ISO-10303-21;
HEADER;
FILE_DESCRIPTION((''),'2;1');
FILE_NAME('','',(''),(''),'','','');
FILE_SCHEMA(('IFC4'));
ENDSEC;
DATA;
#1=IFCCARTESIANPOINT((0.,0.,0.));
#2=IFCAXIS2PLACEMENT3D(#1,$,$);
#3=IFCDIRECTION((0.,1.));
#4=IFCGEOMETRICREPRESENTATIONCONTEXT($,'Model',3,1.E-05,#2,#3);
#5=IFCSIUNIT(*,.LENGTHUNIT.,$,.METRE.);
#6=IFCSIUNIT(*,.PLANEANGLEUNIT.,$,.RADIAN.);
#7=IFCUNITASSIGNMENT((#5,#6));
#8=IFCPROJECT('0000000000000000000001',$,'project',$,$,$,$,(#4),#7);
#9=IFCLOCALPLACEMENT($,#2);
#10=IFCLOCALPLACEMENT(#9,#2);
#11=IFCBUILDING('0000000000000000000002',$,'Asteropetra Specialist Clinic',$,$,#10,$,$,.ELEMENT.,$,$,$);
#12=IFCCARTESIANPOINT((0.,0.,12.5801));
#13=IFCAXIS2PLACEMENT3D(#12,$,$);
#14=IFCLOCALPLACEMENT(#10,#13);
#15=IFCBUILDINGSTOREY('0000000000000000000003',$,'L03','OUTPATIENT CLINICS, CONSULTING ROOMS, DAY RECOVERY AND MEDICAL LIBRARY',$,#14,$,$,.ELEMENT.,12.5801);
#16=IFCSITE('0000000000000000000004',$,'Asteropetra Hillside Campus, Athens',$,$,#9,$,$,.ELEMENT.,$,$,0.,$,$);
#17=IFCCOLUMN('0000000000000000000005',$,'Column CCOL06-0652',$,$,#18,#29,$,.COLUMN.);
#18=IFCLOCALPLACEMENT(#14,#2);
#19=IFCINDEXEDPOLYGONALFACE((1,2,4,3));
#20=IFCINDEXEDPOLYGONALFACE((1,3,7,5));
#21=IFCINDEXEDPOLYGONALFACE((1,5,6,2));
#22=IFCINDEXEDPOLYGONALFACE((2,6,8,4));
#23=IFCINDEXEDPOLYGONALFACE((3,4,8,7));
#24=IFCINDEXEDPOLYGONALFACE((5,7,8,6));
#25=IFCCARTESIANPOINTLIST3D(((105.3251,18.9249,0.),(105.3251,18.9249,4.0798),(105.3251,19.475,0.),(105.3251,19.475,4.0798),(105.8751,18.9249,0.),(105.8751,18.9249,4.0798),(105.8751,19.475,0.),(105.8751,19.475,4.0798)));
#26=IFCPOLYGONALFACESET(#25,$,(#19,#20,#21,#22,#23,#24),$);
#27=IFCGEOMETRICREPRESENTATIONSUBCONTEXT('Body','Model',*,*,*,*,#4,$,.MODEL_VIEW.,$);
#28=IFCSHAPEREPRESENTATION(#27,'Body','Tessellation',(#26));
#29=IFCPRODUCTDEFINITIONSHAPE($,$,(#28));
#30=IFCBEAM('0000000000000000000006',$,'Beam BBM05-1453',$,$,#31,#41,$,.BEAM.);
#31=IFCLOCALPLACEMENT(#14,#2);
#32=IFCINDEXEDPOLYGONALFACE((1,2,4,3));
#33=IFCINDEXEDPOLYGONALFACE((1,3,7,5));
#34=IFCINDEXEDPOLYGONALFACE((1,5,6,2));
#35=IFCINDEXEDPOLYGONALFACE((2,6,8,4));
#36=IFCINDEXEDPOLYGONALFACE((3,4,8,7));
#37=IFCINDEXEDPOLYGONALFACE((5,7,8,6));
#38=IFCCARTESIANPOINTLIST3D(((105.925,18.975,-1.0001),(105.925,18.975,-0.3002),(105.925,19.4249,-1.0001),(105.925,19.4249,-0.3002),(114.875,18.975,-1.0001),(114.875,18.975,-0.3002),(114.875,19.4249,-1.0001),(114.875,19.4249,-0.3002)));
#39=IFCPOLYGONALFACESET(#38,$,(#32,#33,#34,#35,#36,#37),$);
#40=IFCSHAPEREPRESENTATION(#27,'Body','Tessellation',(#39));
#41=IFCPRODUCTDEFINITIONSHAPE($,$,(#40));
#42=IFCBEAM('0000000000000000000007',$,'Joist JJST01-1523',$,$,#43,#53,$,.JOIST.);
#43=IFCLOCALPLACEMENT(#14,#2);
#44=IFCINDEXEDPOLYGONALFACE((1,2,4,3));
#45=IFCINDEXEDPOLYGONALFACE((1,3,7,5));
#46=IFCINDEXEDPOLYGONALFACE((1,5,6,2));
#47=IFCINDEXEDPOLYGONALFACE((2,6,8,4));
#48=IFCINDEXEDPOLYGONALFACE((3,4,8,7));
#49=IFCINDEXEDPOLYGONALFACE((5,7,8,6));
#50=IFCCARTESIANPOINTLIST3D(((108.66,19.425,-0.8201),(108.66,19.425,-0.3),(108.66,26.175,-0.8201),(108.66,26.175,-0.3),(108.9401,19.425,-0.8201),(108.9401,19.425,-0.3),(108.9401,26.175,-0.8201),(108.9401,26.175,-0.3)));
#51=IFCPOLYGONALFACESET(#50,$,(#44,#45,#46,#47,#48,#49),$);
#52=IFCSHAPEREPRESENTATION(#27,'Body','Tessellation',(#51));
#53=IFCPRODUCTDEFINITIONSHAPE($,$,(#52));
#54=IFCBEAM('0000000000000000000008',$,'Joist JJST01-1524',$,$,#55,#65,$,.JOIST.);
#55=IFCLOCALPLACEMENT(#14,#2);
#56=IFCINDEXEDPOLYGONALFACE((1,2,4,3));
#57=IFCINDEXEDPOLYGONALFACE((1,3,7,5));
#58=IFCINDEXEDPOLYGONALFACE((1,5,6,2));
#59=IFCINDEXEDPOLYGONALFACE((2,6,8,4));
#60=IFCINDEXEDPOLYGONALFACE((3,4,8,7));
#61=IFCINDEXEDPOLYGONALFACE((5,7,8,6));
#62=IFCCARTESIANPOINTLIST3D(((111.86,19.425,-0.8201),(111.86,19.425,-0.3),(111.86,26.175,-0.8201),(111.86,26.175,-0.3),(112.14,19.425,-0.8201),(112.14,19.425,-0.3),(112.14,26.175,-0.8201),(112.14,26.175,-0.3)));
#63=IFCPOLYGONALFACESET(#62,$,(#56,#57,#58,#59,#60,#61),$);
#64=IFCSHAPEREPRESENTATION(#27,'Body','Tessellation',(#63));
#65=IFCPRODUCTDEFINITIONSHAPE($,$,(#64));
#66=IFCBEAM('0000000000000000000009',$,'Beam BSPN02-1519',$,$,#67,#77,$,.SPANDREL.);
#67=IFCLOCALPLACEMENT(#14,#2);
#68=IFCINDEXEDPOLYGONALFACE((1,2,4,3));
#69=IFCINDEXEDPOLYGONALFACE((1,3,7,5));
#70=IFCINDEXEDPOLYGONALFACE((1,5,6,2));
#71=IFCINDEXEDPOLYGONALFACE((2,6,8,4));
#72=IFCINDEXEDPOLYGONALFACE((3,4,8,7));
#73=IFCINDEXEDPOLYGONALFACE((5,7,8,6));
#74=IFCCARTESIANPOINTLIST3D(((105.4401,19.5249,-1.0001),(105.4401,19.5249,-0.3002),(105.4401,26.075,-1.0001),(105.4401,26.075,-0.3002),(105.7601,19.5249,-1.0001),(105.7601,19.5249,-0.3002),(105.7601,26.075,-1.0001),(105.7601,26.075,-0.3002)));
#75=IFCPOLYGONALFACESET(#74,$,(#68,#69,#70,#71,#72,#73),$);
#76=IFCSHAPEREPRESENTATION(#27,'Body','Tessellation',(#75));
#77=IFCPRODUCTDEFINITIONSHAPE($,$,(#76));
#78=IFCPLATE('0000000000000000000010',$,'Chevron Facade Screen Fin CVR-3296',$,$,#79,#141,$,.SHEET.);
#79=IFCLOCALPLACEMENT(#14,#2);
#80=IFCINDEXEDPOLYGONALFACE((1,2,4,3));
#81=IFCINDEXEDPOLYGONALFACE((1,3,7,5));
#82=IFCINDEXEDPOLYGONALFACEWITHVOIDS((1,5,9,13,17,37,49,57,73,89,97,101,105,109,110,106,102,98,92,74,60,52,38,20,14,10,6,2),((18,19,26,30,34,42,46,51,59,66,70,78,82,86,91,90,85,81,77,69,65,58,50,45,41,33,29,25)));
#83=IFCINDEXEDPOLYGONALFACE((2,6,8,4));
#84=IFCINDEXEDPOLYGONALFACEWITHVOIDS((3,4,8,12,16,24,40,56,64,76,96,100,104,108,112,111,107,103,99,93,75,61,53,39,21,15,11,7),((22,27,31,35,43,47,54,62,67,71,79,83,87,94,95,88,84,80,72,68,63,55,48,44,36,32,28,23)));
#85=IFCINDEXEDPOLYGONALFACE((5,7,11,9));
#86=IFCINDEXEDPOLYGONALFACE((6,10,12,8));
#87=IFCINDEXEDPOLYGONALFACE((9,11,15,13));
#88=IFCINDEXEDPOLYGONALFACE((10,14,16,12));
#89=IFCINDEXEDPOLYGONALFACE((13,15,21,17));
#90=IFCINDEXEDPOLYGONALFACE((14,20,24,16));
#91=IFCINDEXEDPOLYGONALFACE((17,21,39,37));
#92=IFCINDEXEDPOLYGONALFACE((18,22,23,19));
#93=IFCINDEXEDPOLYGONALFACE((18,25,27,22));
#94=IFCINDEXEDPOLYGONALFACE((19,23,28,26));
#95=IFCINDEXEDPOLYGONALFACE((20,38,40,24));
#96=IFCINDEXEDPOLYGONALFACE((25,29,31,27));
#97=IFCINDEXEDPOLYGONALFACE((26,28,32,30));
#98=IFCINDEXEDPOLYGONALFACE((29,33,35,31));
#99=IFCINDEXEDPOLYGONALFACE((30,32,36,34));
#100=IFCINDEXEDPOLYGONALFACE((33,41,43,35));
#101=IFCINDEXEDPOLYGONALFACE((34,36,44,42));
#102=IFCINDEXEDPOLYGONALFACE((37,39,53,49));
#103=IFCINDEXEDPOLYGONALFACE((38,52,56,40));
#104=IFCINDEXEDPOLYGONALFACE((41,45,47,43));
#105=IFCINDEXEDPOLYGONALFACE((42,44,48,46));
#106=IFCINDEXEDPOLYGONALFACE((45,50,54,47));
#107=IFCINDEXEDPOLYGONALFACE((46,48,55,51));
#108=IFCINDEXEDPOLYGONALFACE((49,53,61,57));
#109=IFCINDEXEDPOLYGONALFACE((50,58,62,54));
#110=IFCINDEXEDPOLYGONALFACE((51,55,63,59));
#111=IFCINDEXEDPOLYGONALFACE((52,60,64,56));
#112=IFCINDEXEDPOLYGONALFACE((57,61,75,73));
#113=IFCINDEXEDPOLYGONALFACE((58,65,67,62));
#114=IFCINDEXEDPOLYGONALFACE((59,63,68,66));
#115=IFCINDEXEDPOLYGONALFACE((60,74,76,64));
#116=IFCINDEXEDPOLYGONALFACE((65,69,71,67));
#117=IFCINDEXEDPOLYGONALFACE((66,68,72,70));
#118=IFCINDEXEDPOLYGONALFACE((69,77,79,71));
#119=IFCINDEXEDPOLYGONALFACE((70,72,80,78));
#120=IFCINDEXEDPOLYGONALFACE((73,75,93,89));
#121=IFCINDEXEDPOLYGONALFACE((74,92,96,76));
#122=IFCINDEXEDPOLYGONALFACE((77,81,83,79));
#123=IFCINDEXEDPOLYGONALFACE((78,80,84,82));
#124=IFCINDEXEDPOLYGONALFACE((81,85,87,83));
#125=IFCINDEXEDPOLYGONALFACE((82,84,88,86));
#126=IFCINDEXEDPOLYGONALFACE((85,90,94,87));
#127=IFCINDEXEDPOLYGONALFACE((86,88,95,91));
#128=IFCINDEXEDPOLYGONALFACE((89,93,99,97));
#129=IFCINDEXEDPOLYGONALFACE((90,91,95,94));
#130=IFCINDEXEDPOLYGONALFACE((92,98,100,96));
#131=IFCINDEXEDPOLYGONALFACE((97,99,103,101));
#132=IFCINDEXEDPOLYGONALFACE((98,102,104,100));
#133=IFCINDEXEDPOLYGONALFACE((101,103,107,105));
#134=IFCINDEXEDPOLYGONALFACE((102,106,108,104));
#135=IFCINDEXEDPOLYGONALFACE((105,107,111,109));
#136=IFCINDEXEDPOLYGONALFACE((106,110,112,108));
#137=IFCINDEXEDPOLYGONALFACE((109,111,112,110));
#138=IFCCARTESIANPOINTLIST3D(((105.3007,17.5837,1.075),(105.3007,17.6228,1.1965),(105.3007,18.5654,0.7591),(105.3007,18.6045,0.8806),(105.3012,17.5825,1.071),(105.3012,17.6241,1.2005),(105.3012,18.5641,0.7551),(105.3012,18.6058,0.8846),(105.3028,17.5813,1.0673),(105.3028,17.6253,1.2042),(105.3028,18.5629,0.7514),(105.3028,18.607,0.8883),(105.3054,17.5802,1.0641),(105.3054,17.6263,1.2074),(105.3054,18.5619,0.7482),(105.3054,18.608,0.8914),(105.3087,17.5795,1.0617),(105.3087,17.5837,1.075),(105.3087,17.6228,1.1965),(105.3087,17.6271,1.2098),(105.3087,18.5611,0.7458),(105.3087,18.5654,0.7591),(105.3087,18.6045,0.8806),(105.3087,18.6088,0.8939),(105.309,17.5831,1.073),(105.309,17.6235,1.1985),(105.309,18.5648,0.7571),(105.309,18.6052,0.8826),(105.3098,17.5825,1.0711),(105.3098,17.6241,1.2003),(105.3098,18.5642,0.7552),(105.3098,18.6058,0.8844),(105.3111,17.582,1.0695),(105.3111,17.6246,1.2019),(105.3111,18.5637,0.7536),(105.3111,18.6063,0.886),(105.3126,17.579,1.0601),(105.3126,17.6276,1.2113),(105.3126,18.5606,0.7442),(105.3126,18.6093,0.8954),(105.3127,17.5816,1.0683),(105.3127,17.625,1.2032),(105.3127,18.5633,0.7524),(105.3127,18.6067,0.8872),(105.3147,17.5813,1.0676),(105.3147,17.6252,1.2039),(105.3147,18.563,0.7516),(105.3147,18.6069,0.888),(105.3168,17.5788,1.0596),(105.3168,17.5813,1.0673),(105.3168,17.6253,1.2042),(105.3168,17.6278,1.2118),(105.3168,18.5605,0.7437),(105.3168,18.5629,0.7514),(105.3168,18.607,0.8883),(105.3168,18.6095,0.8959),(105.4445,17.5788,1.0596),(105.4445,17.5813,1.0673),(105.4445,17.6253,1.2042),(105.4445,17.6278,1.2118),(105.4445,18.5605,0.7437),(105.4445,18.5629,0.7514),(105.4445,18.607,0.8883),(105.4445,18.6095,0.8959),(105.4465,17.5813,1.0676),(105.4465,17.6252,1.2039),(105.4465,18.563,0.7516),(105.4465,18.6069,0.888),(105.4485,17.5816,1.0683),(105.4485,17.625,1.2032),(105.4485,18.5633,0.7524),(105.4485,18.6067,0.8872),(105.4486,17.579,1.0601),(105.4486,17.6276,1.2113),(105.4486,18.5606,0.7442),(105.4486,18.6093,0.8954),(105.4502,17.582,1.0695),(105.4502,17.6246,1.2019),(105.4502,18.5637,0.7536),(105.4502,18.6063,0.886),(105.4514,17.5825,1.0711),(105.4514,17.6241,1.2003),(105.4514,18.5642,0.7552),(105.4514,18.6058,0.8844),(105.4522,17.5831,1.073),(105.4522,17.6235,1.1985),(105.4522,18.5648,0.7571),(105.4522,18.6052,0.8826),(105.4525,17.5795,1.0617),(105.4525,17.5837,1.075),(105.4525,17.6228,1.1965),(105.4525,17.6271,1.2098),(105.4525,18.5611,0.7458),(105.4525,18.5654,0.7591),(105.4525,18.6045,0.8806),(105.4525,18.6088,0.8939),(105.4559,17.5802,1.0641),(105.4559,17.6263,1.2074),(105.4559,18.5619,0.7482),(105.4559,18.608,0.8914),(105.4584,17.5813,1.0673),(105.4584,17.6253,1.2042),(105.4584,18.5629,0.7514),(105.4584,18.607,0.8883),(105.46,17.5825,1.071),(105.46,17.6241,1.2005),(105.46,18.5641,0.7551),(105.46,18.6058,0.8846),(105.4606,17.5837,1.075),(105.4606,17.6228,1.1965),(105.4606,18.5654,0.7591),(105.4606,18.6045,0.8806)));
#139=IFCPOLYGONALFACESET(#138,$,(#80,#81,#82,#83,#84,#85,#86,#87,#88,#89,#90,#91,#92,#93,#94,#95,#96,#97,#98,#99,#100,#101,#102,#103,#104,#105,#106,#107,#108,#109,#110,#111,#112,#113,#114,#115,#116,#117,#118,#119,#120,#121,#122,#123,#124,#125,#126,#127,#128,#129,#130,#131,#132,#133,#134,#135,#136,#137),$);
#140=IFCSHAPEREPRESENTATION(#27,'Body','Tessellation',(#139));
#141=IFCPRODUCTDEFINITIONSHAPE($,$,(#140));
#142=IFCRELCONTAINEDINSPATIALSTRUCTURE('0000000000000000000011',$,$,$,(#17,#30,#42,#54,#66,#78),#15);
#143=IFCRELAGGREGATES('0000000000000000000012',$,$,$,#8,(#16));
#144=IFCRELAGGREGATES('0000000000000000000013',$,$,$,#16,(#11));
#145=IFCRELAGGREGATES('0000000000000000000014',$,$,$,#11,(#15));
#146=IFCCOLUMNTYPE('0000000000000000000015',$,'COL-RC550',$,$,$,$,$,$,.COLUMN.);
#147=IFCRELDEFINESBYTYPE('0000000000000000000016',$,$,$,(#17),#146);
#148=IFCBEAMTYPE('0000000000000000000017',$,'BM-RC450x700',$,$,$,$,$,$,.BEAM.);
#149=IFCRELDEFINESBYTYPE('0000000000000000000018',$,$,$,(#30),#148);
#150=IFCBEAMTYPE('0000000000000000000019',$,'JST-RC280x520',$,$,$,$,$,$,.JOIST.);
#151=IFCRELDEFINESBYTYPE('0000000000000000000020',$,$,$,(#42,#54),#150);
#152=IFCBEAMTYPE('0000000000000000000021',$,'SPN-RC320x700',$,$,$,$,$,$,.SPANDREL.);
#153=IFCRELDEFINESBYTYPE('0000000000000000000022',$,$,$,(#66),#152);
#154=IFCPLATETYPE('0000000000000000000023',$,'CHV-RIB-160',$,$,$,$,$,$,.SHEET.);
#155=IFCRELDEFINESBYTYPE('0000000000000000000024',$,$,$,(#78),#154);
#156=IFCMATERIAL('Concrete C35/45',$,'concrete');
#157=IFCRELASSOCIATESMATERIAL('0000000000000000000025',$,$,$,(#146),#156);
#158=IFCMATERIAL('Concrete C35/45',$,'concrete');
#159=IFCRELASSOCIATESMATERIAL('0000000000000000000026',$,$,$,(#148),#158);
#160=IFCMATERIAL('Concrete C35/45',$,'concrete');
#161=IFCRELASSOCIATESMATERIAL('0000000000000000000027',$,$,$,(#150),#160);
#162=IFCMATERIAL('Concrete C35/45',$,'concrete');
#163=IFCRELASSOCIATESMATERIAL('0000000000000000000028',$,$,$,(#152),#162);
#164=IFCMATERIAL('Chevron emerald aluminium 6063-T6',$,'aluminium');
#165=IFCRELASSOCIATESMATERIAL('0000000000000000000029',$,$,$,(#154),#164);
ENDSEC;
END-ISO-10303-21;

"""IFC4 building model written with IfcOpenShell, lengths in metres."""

from ifc_helpers import new_model, si_unit, direction, frame, origin, origin_2d, place, context, subcontext, project, spatial, rectangle, hollow_rectangle, extrude, material, material_profile, profile_set, type_object, element, save


model = new_model("IFC4")

# Units and contexts
model_context = context("Model", 3, precision=1e-05, world=origin(), true_north=direction((0.0, 1.0)))
body_context = subcontext(model_context, "Body", "Model", "MODEL_VIEW")
ifc_project = project(units=[si_unit("LENGTHUNIT", "METRE"), si_unit("PLANEANGLEUNIT", "RADIAN")], contexts=[model_context])

# Site, building, storey
site_placement = place(None, origin())
site = spatial("IfcSite", under=ifc_project, at=site_placement, Name="Asteropetra Hillside Campus, Athens", CompositionType="ELEMENT", RefElevation=0.0)
building_placement = place(site_placement, origin())
building = spatial("IfcBuilding", under=site, at=building_placement, Name="Asteropetra Specialist Clinic", CompositionType="ELEMENT")
storey_placement = place(building_placement, frame((0.0, 0.0, 12.5801)))
storey = spatial("IfcBuildingStorey", under=building, at=storey_placement, Name="L03", Description="OUTPATIENT CLINICS, CONSULTING ROOMS, DAY RECOVERY AND MEDICAL LIBRARY", CompositionType="ELEMENT", Elevation=12.5801)

# Column
ifc_material_1 = material(Name="Concrete C35/45", Category="concrete")
ifc_material_profile_1 = material_profile(ifc_material_1, rectangle(XDim=0.55, YDim=0.55, at=origin_2d()), Name="RC 550x550")
ifc_profile_set_1 = profile_set([ifc_material_profile_1], Name="Concrete C35/45")
column_type = type_object("IfcColumnType", Name="COL-RC550", PredefinedType="COLUMN", material=ifc_profile_set_1)
column_placement = place(storey_placement, frame((105.6001, 19.2, 0.0), z_axis=(0.0, 0.0, 1.0), x_axis=(1.0, 0.0, 0.0)))
element("IfcColumn", 1, at=column_placement, inside=storey, type_object=column_type, Name="Column CCOL06-0652", PredefinedType="COLUMN", context=body_context, shape_type="SweptSolid", body=[
    extrude(rectangle(XDim=0.55, YDim=0.55, at=origin_2d()), origin(), (0.0, 0.0, 1.0), 4.0798),
])

# Beams
ifc_material_2 = material(Name="Concrete C35/45", Category="concrete")
ifc_material_profile_2 = material_profile(ifc_material_2, rectangle(XDim=0.45, YDim=0.7, at=origin_2d()), Name="RCB 450x700")
ifc_profile_set_2 = profile_set([ifc_material_profile_2], Name="Concrete C35/45")
beam_type_1 = type_object("IfcBeamType", Name="BM-RC450x700", PredefinedType="BEAM", material=ifc_profile_set_2)
beam_1_placement = place(storey_placement, frame((105.925, 19.2, -0.6501), z_axis=(1.0, 0.0, 0.0), x_axis=(0.0, 1.0, 0.0)))
element("IfcBeam", 2, at=beam_1_placement, inside=storey, type_object=beam_type_1, Name="Beam BBM05-1453", PredefinedType="BEAM", context=body_context, shape_type="SweptSolid", body=[
    extrude(rectangle(XDim=0.45, YDim=0.7, at=origin_2d()), origin(), (0.0, 0.0, 1.0), 8.95),
])
ifc_material_3 = material(Name="Concrete C35/45", Category="concrete")
ifc_material_profile_3 = material_profile(ifc_material_3, rectangle(XDim=0.28, YDim=0.52, at=origin_2d()), Name="RCJ 280x520")
ifc_profile_set_3 = profile_set([ifc_material_profile_3], Name="Concrete C35/45")
beam_type_2 = type_object("IfcBeamType", Name="JST-RC280x520", PredefinedType="JOIST", material=ifc_profile_set_3)
for number, where, z_axis, x_axis, name in (
    (3, (108.8, 19.425, -0.5601), (0.0, 1.0, 0.0), (-1.0, 0.0, 0.0), "Joist JJST01-1523"),
    (4, (112.0, 19.425, -0.5601), (0.0, 1.0, 0.0), (-1.0, 0.0, 0.0), "Joist JJST01-1524"),
):
    element("IfcBeam", number, at=place(storey_placement, frame(where, z_axis=z_axis, x_axis=x_axis)), inside=storey, type_object=beam_type_2, Name=name, PredefinedType="JOIST", context=body_context, shape_type="SweptSolid", body=[
        extrude(rectangle(XDim=0.28, YDim=0.52, at=origin_2d()), origin(), (0.0, 0.0, 1.0), 6.75),
    ])
ifc_material_4 = material(Name="Concrete C35/45", Category="concrete")
ifc_material_profile_4 = material_profile(ifc_material_4, rectangle(XDim=0.3201, YDim=0.7, at=origin_2d()), Name="RCS 320x700")
ifc_profile_set_4 = profile_set([ifc_material_profile_4], Name="Concrete C35/45")
beam_type_3 = type_object("IfcBeamType", Name="SPN-RC320x700", PredefinedType="SPANDREL", material=ifc_profile_set_4)
beam_2_placement = place(storey_placement, frame((105.6001, 19.5249, -0.6501), z_axis=(0.0, 1.0, 0.0), x_axis=(-1.0, 0.0, 0.0)))
element("IfcBeam", 5, at=beam_2_placement, inside=storey, type_object=beam_type_3, Name="Beam BSPN02-1519", PredefinedType="SPANDREL", context=body_context, shape_type="SweptSolid", body=[
    extrude(rectangle(XDim=0.3201, YDim=0.7, at=origin_2d()), origin(), (0.0, 0.0, 1.0), 6.55),
])

# Plate
ifc_material_5 = material(Name="Chevron emerald aluminium 6063-T6", Category="aluminium")
ifc_material_profile_5 = material_profile(ifc_material_5, hollow_rectangle(XDim=0.1599, YDim=0.1599, WallThickness=0.0081, InnerFilletRadius=0.0081, OuterFilletRadius=0.0161, at=origin_2d()), Name="SHS 160x160x8.0")
ifc_profile_set_5 = profile_set([ifc_material_profile_5], Name="Chevron emerald aluminium 6063-T6")
plate_type = type_object("IfcPlateType", Name="CHV-RIB-160", PredefinedType="SHEET", material=ifc_profile_set_5)
for number, where, z_axis, x_axis, name in (
    (6, (105.3806, 18.585, 0.8198), (0.0, -0.951923, 0.306339), (1.0, 0.0, 0.0), "Chevron Facade Screen Fin CVR-3296"),
):
    element("IfcPlate", number, at=place(storey_placement, frame(where, z_axis=z_axis, x_axis=x_axis)), inside=storey, type_object=plate_type, Name=name, PredefinedType="SHEET", context=body_context, shape_type="SweptSolid", body=[
        extrude(hollow_rectangle(XDim=0.1599, YDim=0.1599, WallThickness=0.0081, InnerFilletRadius=0.0081, OuterFilletRadius=0.0161, at=origin_2d()), origin(), (0.0, 0.0, 1.0), 1.0312),
    ])

save(model, "model.ifc")
